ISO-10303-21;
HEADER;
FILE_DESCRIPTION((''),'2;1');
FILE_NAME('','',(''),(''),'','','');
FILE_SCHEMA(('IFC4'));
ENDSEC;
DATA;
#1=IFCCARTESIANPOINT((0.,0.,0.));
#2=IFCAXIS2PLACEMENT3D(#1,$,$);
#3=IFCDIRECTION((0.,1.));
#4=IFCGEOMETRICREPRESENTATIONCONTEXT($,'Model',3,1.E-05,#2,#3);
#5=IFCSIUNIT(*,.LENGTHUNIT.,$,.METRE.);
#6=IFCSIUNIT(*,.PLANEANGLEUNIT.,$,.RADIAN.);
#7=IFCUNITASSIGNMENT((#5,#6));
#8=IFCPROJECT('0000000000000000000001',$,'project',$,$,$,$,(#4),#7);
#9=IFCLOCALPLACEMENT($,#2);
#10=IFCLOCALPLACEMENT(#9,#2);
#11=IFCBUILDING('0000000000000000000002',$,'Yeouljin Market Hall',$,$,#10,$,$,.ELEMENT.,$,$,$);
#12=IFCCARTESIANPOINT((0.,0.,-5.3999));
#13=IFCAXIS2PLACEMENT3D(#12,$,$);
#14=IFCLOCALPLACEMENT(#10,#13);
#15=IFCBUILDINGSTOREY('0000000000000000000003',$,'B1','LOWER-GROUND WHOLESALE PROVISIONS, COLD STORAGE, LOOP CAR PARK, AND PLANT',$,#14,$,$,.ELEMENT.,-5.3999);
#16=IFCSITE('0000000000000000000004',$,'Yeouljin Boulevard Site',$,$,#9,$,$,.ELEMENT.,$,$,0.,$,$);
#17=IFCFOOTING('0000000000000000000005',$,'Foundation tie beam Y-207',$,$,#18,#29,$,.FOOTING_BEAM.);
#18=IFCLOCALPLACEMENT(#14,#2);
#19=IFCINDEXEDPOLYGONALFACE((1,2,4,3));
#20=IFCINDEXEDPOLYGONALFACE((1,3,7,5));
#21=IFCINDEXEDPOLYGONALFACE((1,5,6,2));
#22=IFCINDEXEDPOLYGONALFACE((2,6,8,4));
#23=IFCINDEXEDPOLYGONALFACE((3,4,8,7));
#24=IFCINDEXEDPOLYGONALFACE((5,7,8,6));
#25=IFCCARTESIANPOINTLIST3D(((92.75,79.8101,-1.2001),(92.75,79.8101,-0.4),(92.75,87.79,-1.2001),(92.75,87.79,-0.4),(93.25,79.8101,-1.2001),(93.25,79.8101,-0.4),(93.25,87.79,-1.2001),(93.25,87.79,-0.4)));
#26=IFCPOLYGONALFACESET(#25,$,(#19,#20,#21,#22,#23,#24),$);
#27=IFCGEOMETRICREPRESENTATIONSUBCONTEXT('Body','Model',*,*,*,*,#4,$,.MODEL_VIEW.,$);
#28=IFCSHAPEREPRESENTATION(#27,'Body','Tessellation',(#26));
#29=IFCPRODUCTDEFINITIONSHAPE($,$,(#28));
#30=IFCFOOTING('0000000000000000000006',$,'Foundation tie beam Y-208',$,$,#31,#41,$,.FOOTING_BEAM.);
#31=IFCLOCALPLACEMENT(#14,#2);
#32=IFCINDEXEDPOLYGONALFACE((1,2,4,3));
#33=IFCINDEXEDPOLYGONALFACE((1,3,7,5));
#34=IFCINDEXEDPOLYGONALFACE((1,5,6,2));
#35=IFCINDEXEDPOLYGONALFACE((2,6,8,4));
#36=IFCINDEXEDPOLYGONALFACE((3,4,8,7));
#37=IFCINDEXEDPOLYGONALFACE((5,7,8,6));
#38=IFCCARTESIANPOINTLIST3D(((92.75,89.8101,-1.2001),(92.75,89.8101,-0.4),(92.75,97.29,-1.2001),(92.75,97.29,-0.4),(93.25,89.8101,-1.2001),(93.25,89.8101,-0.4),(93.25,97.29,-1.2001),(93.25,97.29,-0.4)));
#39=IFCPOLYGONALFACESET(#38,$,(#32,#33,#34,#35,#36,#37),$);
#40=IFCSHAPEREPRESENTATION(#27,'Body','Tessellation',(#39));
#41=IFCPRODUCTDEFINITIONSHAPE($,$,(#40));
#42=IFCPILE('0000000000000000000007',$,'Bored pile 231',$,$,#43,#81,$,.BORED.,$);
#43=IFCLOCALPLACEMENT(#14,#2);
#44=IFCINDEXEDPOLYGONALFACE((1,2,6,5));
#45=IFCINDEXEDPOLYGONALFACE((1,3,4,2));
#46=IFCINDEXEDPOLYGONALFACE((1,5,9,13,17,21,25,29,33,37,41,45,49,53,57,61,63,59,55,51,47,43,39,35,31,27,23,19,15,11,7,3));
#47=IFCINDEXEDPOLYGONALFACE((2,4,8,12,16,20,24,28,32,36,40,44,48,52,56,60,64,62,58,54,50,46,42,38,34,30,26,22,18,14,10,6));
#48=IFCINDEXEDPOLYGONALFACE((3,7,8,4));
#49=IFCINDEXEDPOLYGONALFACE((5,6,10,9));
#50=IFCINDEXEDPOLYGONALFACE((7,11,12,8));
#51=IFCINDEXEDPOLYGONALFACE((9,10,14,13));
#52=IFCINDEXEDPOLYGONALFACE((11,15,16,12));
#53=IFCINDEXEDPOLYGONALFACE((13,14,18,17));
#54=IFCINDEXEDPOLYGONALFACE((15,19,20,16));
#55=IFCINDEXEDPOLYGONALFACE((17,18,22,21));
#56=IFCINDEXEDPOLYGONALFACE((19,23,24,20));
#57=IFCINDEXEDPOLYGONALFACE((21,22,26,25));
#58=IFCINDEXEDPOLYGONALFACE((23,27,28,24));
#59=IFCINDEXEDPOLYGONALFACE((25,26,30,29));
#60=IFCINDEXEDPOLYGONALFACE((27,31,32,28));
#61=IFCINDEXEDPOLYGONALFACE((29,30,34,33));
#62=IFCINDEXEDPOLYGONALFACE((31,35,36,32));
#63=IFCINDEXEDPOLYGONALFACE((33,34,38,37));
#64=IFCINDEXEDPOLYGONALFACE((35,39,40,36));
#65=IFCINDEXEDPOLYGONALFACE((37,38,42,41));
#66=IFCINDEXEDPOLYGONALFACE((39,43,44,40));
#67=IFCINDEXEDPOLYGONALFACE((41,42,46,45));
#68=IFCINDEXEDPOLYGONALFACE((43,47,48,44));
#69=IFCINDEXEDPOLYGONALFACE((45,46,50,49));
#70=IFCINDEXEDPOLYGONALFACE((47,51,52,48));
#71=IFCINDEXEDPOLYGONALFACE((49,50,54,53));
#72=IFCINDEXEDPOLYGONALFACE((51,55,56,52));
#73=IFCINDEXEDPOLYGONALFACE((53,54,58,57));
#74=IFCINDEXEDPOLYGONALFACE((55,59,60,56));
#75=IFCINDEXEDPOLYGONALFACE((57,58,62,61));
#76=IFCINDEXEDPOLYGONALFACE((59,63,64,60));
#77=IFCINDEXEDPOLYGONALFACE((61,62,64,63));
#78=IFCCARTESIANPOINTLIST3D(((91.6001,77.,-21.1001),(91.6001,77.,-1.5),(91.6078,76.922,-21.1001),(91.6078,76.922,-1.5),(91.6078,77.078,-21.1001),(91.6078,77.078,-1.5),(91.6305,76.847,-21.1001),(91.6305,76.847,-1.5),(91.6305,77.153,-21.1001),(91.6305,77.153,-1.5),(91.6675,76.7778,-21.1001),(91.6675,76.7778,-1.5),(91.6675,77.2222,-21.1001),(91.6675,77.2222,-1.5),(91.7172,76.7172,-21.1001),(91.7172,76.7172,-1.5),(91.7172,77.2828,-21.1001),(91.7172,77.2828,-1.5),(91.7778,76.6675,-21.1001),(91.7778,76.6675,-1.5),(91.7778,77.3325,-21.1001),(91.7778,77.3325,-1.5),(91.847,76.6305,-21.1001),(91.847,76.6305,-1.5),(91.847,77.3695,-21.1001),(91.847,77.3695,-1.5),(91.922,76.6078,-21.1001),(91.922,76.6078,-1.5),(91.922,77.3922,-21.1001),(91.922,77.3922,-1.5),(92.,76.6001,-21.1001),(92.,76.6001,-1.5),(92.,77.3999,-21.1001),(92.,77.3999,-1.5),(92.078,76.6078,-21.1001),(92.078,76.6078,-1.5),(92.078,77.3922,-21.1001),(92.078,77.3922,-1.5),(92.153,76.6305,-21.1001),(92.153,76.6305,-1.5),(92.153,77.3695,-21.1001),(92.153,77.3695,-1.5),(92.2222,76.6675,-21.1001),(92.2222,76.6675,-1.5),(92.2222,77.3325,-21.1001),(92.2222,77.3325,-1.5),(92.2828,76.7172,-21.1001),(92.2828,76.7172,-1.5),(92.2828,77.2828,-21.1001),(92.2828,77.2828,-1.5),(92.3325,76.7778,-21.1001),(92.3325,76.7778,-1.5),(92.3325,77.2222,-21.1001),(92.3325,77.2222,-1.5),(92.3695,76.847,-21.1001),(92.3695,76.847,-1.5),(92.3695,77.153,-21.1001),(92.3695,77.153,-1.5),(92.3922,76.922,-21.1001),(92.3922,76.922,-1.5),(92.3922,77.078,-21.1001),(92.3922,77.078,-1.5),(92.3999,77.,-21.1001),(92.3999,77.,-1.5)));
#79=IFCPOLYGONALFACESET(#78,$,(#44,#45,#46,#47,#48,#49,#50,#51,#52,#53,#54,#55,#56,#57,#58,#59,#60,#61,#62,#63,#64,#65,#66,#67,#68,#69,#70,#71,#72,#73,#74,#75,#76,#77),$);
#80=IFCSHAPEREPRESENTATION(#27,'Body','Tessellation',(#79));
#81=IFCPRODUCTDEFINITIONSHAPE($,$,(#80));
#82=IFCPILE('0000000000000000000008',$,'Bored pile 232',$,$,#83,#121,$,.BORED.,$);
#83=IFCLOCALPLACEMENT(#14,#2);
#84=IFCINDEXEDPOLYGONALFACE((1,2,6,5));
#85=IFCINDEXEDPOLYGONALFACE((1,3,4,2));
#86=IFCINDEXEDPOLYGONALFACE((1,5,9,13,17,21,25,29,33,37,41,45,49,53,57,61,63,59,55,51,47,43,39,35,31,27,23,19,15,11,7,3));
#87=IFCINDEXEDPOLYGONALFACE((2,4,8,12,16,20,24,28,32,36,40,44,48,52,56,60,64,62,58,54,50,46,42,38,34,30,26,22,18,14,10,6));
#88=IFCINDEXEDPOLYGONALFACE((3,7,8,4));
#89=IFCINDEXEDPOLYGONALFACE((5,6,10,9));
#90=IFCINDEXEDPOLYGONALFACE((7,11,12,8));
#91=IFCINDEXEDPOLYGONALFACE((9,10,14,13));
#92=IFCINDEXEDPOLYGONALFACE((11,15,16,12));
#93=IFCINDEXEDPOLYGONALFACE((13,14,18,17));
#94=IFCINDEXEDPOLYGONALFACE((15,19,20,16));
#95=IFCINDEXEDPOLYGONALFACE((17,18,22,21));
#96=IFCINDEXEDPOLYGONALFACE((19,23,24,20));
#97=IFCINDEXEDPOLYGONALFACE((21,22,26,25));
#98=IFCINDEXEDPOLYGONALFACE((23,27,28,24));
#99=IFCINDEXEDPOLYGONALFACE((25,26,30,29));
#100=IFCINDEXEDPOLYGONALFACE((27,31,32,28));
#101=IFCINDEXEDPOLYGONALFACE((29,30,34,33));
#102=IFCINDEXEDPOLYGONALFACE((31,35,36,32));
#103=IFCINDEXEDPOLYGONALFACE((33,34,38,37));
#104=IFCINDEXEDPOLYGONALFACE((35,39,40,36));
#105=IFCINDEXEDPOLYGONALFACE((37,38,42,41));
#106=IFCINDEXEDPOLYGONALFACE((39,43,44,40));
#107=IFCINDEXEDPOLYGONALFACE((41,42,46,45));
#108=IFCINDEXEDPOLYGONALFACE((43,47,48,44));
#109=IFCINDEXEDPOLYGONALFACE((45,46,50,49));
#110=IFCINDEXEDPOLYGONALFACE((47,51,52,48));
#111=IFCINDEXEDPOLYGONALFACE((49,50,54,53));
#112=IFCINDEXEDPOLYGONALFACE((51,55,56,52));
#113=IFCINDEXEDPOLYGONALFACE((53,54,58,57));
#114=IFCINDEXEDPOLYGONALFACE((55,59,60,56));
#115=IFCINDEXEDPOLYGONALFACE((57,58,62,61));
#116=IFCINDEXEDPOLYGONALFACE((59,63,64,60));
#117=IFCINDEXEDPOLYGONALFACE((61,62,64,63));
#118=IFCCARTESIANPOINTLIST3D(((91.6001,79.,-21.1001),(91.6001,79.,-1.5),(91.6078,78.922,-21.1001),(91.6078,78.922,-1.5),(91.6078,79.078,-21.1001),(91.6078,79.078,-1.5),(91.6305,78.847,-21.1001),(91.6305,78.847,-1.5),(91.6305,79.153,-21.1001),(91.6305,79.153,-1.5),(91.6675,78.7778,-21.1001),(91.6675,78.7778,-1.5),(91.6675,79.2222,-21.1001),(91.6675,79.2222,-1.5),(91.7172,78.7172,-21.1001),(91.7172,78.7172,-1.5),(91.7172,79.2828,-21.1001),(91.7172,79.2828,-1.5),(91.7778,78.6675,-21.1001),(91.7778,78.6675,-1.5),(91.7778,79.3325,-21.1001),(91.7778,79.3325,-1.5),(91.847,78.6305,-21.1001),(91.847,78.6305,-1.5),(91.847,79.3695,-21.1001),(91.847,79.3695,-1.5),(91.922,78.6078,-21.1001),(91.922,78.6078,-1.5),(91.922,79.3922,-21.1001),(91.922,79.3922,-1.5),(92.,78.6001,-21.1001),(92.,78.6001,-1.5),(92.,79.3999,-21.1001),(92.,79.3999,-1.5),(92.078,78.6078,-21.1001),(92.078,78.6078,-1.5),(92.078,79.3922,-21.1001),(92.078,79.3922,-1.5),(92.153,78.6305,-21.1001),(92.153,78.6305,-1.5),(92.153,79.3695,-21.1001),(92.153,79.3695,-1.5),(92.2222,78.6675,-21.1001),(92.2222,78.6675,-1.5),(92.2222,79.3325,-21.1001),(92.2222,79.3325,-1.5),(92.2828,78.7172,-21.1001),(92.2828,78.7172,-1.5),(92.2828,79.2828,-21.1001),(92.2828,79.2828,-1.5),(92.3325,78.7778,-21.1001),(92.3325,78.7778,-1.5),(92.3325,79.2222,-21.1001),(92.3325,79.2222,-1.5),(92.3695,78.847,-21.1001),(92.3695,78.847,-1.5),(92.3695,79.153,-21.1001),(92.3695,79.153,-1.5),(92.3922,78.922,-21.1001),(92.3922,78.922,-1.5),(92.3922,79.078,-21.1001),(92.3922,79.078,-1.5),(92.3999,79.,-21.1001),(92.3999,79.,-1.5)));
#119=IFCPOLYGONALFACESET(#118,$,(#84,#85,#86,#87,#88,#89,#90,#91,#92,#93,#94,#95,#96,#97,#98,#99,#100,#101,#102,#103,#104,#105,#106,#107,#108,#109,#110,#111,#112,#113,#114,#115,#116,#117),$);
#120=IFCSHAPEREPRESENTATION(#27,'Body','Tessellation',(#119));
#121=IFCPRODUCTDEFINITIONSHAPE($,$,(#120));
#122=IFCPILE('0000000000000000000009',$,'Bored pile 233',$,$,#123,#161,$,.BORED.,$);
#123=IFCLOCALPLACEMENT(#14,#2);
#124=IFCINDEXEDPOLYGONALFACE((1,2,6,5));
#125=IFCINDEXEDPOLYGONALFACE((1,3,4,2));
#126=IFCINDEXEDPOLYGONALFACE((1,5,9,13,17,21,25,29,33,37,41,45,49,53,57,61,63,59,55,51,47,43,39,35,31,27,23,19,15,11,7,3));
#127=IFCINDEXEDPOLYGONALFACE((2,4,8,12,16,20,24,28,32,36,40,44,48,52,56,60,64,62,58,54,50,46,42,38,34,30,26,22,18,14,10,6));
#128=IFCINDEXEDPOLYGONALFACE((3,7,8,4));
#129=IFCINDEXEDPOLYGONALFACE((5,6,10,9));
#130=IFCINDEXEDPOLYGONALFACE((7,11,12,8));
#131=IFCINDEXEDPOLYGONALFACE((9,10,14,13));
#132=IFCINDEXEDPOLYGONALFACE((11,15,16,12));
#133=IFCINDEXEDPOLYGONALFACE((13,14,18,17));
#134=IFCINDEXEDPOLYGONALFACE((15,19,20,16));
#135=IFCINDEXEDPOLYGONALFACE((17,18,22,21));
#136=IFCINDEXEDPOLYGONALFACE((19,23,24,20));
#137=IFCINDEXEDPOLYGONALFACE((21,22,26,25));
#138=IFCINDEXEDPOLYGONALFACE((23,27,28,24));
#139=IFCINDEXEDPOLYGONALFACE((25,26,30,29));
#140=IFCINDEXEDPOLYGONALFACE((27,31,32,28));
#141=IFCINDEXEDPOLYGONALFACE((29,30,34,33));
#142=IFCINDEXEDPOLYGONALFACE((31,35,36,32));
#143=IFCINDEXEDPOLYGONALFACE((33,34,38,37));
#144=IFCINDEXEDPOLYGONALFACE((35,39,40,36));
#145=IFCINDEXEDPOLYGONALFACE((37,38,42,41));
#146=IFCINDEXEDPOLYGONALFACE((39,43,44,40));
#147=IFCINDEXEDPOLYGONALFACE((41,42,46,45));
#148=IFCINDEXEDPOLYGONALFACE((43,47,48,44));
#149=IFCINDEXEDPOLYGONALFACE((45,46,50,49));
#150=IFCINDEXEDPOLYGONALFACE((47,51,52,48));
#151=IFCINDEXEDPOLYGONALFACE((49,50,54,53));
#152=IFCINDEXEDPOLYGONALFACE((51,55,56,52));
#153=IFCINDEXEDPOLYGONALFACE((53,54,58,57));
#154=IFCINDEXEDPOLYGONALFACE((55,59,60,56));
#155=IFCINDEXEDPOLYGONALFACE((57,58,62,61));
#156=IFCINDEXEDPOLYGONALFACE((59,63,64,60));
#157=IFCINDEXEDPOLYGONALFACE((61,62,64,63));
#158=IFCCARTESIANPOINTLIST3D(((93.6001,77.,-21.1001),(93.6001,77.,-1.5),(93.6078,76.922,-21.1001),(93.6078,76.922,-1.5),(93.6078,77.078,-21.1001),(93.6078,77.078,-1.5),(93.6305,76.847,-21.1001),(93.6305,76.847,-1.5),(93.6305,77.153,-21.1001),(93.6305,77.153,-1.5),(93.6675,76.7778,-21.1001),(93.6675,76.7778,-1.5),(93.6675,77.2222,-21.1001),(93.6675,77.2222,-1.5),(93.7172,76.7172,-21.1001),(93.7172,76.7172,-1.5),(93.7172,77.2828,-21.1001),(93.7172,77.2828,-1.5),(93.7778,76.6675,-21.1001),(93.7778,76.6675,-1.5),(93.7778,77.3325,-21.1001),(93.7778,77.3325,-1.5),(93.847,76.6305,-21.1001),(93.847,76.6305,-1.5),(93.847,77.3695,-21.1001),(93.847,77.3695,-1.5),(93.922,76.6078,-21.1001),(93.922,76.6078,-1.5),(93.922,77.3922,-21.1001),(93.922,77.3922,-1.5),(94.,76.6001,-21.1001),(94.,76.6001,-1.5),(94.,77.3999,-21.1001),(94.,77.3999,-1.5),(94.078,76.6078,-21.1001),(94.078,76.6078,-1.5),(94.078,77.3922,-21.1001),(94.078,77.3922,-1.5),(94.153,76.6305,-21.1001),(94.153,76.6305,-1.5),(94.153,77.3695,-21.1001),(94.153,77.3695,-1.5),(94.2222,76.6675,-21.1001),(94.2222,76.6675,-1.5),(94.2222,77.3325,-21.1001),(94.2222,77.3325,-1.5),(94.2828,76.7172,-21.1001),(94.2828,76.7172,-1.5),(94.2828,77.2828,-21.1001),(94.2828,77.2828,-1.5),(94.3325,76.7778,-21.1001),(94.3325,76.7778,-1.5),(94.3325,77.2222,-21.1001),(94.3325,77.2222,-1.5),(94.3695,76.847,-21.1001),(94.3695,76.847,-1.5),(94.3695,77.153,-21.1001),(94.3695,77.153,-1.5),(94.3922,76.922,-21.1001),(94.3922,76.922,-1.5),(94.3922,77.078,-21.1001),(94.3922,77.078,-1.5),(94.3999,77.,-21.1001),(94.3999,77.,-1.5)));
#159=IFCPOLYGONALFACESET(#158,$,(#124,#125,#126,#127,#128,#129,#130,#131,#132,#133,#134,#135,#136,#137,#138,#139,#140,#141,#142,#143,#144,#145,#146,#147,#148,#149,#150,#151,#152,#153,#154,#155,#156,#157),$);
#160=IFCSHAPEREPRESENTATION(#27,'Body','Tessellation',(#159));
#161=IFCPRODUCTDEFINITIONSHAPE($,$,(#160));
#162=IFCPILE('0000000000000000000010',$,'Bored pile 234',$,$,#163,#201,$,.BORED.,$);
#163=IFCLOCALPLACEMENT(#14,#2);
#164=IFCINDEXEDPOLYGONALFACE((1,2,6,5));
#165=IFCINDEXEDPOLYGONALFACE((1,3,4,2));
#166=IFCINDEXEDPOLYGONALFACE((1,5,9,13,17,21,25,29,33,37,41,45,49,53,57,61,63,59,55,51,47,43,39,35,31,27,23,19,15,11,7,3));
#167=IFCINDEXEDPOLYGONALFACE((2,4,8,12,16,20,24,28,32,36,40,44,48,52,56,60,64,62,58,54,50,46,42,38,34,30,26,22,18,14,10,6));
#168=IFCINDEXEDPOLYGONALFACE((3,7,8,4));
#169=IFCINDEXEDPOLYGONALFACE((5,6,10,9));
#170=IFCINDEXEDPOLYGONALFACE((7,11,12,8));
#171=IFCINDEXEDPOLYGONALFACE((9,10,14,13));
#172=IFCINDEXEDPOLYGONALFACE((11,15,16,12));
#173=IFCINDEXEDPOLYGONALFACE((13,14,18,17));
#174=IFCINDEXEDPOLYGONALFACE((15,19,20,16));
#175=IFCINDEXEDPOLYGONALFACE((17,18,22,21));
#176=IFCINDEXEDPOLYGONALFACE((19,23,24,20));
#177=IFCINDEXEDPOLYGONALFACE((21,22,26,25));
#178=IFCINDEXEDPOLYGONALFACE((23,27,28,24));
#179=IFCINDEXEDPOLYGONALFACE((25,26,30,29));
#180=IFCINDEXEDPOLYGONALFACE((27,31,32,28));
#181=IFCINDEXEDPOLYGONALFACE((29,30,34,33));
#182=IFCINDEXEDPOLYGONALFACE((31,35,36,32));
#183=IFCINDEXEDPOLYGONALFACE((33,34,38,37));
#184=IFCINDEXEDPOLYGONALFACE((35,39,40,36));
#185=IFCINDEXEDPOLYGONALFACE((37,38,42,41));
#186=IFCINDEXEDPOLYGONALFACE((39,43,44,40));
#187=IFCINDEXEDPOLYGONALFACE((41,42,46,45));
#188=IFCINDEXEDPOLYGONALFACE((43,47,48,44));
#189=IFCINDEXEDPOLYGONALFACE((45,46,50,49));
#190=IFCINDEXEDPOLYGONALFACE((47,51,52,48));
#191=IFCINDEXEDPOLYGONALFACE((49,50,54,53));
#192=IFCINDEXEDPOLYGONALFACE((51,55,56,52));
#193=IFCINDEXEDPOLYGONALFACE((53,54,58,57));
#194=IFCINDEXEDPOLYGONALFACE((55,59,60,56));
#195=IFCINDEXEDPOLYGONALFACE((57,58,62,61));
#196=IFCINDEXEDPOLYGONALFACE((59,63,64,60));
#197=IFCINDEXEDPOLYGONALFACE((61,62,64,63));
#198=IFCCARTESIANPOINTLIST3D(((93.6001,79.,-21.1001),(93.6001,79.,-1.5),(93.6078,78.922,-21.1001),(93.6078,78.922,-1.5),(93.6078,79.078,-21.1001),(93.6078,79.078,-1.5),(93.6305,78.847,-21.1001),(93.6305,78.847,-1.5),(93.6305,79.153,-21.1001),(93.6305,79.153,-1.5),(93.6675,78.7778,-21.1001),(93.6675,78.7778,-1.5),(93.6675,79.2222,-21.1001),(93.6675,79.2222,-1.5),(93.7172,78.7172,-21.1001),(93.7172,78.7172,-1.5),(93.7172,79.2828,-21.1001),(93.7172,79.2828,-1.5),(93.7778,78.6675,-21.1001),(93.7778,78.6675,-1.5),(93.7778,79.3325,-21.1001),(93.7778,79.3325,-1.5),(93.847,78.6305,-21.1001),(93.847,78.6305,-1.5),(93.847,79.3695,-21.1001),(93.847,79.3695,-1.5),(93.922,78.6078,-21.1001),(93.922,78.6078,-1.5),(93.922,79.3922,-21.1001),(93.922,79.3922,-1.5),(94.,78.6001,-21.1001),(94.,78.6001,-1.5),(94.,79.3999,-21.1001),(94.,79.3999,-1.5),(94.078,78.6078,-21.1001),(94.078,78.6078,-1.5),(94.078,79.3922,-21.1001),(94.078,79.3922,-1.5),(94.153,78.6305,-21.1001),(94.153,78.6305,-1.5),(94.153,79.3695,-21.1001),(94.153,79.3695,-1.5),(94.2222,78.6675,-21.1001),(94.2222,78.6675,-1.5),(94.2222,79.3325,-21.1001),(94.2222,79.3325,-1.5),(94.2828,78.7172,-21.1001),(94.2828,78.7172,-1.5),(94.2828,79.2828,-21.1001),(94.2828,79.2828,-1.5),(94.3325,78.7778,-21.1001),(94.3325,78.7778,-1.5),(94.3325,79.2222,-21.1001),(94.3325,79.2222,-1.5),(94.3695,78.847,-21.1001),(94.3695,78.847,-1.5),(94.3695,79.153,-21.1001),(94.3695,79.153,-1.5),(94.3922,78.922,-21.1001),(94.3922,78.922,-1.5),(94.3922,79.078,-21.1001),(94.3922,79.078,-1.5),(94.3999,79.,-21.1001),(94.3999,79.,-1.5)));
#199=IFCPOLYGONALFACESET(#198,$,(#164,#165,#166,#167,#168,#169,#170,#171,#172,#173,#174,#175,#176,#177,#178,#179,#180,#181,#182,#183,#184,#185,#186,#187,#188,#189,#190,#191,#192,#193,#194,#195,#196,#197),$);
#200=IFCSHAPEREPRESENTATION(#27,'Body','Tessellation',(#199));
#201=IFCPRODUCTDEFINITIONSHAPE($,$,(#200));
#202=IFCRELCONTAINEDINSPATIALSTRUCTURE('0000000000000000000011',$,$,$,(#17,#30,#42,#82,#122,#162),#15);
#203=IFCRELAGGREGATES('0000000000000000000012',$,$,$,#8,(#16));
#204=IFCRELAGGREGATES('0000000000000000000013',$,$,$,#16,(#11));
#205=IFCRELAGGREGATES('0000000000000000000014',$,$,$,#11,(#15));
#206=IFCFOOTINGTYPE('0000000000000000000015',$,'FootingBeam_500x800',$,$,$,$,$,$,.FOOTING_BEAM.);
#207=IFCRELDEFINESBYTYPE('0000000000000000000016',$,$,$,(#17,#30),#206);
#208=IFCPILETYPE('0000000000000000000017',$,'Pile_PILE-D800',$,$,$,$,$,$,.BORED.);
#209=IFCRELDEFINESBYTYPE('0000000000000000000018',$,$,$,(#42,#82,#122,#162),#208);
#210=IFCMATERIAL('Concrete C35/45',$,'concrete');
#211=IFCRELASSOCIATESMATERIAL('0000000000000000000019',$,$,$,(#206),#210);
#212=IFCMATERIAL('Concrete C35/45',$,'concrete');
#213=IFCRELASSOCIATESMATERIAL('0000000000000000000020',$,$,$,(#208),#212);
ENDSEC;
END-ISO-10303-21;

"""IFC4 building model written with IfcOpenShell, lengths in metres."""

from ifc_helpers import new_model, si_unit, direction, frame, origin, origin_2d, place, context, subcontext, project, spatial, rectangle, circle, extrude, material, material_profile, profile_set, type_object, element, save


model = new_model("IFC4")

# Units and contexts
model_context = context("Model", 3, precision=1e-05, world=origin(), true_north=direction((0.0, 1.0)))
body_context = subcontext(model_context, "Body", "Model", "MODEL_VIEW")
ifc_project = project(units=[si_unit("LENGTHUNIT", "METRE"), si_unit("PLANEANGLEUNIT", "RADIAN")], contexts=[model_context])

# Site, building, storey
site_placement = place(None, origin())
site = spatial("IfcSite", under=ifc_project, at=site_placement, Name="Yeouljin Boulevard Site", CompositionType="ELEMENT", RefElevation=0.0)
building_placement = place(site_placement, origin())
building = spatial("IfcBuilding", under=site, at=building_placement, Name="Yeouljin Market Hall", CompositionType="ELEMENT")
storey_placement = place(building_placement, frame((0.0, 0.0, -5.3999)))
storey = spatial("IfcBuildingStorey", under=building, at=storey_placement, Name="B1", Description="LOWER-GROUND WHOLESALE PROVISIONS, COLD STORAGE, LOOP CAR PARK, AND PLANT", CompositionType="ELEMENT", Elevation=-5.3999)

# Footings
ifc_material_1 = material(Name="Concrete C35/45", Category="concrete")
ifc_material_profile_1 = material_profile(ifc_material_1, rectangle(XDim=0.5, YDim=0.8, at=origin_2d()), Name="RC-500x800")
ifc_profile_set_1 = profile_set([ifc_material_profile_1], Name="Concrete C35/45")
footing_type_1 = type_object("IfcFootingType", Name="FootingBeam_500x800", PredefinedType="FOOTING_BEAM", material=ifc_profile_set_1)
footing_1_placement = place(storey_placement, frame((93.0, 79.8101, -0.8), z_axis=(0.0, 1.0, 0.0), x_axis=(-1.0, 0.0, 0.0)))
element("IfcFooting", 1, at=footing_1_placement, inside=storey, type_object=footing_type_1, Name="Foundation tie beam Y-207", PredefinedType="FOOTING_BEAM", context=body_context, shape_type="SweptSolid", body=[
    extrude(rectangle(XDim=0.5, YDim=0.8, at=origin_2d()), origin(), (0.0, 0.0, 1.0), 7.98),
])
footing_2_placement = place(storey_placement, frame((93.0, 89.8101, -0.8), z_axis=(0.0, 1.0, 0.0), x_axis=(-1.0, 0.0, 0.0)))
element("IfcFooting", 2, at=footing_2_placement, inside=storey, type_object=footing_type_1, Name="Foundation tie beam Y-208", PredefinedType="FOOTING_BEAM", context=body_context, shape_type="SweptSolid", body=[
    extrude(rectangle(XDim=0.5, YDim=0.8, at=origin_2d()), origin(), (0.0, 0.0, 1.0), 7.48),
])

# Piles
ifc_material_2 = material(Name="Concrete C35/45", Category="concrete")
ifc_material_profile_2 = material_profile(ifc_material_2, circle(Radius=0.3999, at=origin_2d()), Name="PILE-D800")
ifc_profile_set_2 = profile_set([ifc_material_profile_2], Name="Concrete C35/45")
pile_type = type_object("IfcPileType", Name="Pile_PILE-D800", PredefinedType="BORED", material=ifc_profile_set_2)
for number, where, z_axis, x_axis, name in (
    (3, (92.0, 77.0, -1.5), (0.0, 0.0, -1.0), (1.0, 0.0, 0.0), "Bored pile 231"),
    (4, (92.0, 79.0, -1.5), (0.0, 0.0, -1.0), (1.0, 0.0, 0.0), "Bored pile 232"),
    (5, (94.0, 77.0, -1.5), (0.0, 0.0, -1.0), (1.0, 0.0, 0.0), "Bored pile 233"),
    (6, (94.0, 79.0, -1.5), (0.0, 0.0, -1.0), (1.0, 0.0, 0.0), "Bored pile 234"),
):
    element("IfcPile", number, at=place(storey_placement, frame(where, z_axis=z_axis, x_axis=x_axis)), inside=storey, type_object=pile_type, Name=name, PredefinedType="BORED", context=body_context, shape_type="SweptSolid", body=[
        extrude(circle(Radius=0.3999, at=origin_2d()), origin(), (0.0, 0.0, 1.0), 19.6001),
    ])

save(model, "model.ifc")
